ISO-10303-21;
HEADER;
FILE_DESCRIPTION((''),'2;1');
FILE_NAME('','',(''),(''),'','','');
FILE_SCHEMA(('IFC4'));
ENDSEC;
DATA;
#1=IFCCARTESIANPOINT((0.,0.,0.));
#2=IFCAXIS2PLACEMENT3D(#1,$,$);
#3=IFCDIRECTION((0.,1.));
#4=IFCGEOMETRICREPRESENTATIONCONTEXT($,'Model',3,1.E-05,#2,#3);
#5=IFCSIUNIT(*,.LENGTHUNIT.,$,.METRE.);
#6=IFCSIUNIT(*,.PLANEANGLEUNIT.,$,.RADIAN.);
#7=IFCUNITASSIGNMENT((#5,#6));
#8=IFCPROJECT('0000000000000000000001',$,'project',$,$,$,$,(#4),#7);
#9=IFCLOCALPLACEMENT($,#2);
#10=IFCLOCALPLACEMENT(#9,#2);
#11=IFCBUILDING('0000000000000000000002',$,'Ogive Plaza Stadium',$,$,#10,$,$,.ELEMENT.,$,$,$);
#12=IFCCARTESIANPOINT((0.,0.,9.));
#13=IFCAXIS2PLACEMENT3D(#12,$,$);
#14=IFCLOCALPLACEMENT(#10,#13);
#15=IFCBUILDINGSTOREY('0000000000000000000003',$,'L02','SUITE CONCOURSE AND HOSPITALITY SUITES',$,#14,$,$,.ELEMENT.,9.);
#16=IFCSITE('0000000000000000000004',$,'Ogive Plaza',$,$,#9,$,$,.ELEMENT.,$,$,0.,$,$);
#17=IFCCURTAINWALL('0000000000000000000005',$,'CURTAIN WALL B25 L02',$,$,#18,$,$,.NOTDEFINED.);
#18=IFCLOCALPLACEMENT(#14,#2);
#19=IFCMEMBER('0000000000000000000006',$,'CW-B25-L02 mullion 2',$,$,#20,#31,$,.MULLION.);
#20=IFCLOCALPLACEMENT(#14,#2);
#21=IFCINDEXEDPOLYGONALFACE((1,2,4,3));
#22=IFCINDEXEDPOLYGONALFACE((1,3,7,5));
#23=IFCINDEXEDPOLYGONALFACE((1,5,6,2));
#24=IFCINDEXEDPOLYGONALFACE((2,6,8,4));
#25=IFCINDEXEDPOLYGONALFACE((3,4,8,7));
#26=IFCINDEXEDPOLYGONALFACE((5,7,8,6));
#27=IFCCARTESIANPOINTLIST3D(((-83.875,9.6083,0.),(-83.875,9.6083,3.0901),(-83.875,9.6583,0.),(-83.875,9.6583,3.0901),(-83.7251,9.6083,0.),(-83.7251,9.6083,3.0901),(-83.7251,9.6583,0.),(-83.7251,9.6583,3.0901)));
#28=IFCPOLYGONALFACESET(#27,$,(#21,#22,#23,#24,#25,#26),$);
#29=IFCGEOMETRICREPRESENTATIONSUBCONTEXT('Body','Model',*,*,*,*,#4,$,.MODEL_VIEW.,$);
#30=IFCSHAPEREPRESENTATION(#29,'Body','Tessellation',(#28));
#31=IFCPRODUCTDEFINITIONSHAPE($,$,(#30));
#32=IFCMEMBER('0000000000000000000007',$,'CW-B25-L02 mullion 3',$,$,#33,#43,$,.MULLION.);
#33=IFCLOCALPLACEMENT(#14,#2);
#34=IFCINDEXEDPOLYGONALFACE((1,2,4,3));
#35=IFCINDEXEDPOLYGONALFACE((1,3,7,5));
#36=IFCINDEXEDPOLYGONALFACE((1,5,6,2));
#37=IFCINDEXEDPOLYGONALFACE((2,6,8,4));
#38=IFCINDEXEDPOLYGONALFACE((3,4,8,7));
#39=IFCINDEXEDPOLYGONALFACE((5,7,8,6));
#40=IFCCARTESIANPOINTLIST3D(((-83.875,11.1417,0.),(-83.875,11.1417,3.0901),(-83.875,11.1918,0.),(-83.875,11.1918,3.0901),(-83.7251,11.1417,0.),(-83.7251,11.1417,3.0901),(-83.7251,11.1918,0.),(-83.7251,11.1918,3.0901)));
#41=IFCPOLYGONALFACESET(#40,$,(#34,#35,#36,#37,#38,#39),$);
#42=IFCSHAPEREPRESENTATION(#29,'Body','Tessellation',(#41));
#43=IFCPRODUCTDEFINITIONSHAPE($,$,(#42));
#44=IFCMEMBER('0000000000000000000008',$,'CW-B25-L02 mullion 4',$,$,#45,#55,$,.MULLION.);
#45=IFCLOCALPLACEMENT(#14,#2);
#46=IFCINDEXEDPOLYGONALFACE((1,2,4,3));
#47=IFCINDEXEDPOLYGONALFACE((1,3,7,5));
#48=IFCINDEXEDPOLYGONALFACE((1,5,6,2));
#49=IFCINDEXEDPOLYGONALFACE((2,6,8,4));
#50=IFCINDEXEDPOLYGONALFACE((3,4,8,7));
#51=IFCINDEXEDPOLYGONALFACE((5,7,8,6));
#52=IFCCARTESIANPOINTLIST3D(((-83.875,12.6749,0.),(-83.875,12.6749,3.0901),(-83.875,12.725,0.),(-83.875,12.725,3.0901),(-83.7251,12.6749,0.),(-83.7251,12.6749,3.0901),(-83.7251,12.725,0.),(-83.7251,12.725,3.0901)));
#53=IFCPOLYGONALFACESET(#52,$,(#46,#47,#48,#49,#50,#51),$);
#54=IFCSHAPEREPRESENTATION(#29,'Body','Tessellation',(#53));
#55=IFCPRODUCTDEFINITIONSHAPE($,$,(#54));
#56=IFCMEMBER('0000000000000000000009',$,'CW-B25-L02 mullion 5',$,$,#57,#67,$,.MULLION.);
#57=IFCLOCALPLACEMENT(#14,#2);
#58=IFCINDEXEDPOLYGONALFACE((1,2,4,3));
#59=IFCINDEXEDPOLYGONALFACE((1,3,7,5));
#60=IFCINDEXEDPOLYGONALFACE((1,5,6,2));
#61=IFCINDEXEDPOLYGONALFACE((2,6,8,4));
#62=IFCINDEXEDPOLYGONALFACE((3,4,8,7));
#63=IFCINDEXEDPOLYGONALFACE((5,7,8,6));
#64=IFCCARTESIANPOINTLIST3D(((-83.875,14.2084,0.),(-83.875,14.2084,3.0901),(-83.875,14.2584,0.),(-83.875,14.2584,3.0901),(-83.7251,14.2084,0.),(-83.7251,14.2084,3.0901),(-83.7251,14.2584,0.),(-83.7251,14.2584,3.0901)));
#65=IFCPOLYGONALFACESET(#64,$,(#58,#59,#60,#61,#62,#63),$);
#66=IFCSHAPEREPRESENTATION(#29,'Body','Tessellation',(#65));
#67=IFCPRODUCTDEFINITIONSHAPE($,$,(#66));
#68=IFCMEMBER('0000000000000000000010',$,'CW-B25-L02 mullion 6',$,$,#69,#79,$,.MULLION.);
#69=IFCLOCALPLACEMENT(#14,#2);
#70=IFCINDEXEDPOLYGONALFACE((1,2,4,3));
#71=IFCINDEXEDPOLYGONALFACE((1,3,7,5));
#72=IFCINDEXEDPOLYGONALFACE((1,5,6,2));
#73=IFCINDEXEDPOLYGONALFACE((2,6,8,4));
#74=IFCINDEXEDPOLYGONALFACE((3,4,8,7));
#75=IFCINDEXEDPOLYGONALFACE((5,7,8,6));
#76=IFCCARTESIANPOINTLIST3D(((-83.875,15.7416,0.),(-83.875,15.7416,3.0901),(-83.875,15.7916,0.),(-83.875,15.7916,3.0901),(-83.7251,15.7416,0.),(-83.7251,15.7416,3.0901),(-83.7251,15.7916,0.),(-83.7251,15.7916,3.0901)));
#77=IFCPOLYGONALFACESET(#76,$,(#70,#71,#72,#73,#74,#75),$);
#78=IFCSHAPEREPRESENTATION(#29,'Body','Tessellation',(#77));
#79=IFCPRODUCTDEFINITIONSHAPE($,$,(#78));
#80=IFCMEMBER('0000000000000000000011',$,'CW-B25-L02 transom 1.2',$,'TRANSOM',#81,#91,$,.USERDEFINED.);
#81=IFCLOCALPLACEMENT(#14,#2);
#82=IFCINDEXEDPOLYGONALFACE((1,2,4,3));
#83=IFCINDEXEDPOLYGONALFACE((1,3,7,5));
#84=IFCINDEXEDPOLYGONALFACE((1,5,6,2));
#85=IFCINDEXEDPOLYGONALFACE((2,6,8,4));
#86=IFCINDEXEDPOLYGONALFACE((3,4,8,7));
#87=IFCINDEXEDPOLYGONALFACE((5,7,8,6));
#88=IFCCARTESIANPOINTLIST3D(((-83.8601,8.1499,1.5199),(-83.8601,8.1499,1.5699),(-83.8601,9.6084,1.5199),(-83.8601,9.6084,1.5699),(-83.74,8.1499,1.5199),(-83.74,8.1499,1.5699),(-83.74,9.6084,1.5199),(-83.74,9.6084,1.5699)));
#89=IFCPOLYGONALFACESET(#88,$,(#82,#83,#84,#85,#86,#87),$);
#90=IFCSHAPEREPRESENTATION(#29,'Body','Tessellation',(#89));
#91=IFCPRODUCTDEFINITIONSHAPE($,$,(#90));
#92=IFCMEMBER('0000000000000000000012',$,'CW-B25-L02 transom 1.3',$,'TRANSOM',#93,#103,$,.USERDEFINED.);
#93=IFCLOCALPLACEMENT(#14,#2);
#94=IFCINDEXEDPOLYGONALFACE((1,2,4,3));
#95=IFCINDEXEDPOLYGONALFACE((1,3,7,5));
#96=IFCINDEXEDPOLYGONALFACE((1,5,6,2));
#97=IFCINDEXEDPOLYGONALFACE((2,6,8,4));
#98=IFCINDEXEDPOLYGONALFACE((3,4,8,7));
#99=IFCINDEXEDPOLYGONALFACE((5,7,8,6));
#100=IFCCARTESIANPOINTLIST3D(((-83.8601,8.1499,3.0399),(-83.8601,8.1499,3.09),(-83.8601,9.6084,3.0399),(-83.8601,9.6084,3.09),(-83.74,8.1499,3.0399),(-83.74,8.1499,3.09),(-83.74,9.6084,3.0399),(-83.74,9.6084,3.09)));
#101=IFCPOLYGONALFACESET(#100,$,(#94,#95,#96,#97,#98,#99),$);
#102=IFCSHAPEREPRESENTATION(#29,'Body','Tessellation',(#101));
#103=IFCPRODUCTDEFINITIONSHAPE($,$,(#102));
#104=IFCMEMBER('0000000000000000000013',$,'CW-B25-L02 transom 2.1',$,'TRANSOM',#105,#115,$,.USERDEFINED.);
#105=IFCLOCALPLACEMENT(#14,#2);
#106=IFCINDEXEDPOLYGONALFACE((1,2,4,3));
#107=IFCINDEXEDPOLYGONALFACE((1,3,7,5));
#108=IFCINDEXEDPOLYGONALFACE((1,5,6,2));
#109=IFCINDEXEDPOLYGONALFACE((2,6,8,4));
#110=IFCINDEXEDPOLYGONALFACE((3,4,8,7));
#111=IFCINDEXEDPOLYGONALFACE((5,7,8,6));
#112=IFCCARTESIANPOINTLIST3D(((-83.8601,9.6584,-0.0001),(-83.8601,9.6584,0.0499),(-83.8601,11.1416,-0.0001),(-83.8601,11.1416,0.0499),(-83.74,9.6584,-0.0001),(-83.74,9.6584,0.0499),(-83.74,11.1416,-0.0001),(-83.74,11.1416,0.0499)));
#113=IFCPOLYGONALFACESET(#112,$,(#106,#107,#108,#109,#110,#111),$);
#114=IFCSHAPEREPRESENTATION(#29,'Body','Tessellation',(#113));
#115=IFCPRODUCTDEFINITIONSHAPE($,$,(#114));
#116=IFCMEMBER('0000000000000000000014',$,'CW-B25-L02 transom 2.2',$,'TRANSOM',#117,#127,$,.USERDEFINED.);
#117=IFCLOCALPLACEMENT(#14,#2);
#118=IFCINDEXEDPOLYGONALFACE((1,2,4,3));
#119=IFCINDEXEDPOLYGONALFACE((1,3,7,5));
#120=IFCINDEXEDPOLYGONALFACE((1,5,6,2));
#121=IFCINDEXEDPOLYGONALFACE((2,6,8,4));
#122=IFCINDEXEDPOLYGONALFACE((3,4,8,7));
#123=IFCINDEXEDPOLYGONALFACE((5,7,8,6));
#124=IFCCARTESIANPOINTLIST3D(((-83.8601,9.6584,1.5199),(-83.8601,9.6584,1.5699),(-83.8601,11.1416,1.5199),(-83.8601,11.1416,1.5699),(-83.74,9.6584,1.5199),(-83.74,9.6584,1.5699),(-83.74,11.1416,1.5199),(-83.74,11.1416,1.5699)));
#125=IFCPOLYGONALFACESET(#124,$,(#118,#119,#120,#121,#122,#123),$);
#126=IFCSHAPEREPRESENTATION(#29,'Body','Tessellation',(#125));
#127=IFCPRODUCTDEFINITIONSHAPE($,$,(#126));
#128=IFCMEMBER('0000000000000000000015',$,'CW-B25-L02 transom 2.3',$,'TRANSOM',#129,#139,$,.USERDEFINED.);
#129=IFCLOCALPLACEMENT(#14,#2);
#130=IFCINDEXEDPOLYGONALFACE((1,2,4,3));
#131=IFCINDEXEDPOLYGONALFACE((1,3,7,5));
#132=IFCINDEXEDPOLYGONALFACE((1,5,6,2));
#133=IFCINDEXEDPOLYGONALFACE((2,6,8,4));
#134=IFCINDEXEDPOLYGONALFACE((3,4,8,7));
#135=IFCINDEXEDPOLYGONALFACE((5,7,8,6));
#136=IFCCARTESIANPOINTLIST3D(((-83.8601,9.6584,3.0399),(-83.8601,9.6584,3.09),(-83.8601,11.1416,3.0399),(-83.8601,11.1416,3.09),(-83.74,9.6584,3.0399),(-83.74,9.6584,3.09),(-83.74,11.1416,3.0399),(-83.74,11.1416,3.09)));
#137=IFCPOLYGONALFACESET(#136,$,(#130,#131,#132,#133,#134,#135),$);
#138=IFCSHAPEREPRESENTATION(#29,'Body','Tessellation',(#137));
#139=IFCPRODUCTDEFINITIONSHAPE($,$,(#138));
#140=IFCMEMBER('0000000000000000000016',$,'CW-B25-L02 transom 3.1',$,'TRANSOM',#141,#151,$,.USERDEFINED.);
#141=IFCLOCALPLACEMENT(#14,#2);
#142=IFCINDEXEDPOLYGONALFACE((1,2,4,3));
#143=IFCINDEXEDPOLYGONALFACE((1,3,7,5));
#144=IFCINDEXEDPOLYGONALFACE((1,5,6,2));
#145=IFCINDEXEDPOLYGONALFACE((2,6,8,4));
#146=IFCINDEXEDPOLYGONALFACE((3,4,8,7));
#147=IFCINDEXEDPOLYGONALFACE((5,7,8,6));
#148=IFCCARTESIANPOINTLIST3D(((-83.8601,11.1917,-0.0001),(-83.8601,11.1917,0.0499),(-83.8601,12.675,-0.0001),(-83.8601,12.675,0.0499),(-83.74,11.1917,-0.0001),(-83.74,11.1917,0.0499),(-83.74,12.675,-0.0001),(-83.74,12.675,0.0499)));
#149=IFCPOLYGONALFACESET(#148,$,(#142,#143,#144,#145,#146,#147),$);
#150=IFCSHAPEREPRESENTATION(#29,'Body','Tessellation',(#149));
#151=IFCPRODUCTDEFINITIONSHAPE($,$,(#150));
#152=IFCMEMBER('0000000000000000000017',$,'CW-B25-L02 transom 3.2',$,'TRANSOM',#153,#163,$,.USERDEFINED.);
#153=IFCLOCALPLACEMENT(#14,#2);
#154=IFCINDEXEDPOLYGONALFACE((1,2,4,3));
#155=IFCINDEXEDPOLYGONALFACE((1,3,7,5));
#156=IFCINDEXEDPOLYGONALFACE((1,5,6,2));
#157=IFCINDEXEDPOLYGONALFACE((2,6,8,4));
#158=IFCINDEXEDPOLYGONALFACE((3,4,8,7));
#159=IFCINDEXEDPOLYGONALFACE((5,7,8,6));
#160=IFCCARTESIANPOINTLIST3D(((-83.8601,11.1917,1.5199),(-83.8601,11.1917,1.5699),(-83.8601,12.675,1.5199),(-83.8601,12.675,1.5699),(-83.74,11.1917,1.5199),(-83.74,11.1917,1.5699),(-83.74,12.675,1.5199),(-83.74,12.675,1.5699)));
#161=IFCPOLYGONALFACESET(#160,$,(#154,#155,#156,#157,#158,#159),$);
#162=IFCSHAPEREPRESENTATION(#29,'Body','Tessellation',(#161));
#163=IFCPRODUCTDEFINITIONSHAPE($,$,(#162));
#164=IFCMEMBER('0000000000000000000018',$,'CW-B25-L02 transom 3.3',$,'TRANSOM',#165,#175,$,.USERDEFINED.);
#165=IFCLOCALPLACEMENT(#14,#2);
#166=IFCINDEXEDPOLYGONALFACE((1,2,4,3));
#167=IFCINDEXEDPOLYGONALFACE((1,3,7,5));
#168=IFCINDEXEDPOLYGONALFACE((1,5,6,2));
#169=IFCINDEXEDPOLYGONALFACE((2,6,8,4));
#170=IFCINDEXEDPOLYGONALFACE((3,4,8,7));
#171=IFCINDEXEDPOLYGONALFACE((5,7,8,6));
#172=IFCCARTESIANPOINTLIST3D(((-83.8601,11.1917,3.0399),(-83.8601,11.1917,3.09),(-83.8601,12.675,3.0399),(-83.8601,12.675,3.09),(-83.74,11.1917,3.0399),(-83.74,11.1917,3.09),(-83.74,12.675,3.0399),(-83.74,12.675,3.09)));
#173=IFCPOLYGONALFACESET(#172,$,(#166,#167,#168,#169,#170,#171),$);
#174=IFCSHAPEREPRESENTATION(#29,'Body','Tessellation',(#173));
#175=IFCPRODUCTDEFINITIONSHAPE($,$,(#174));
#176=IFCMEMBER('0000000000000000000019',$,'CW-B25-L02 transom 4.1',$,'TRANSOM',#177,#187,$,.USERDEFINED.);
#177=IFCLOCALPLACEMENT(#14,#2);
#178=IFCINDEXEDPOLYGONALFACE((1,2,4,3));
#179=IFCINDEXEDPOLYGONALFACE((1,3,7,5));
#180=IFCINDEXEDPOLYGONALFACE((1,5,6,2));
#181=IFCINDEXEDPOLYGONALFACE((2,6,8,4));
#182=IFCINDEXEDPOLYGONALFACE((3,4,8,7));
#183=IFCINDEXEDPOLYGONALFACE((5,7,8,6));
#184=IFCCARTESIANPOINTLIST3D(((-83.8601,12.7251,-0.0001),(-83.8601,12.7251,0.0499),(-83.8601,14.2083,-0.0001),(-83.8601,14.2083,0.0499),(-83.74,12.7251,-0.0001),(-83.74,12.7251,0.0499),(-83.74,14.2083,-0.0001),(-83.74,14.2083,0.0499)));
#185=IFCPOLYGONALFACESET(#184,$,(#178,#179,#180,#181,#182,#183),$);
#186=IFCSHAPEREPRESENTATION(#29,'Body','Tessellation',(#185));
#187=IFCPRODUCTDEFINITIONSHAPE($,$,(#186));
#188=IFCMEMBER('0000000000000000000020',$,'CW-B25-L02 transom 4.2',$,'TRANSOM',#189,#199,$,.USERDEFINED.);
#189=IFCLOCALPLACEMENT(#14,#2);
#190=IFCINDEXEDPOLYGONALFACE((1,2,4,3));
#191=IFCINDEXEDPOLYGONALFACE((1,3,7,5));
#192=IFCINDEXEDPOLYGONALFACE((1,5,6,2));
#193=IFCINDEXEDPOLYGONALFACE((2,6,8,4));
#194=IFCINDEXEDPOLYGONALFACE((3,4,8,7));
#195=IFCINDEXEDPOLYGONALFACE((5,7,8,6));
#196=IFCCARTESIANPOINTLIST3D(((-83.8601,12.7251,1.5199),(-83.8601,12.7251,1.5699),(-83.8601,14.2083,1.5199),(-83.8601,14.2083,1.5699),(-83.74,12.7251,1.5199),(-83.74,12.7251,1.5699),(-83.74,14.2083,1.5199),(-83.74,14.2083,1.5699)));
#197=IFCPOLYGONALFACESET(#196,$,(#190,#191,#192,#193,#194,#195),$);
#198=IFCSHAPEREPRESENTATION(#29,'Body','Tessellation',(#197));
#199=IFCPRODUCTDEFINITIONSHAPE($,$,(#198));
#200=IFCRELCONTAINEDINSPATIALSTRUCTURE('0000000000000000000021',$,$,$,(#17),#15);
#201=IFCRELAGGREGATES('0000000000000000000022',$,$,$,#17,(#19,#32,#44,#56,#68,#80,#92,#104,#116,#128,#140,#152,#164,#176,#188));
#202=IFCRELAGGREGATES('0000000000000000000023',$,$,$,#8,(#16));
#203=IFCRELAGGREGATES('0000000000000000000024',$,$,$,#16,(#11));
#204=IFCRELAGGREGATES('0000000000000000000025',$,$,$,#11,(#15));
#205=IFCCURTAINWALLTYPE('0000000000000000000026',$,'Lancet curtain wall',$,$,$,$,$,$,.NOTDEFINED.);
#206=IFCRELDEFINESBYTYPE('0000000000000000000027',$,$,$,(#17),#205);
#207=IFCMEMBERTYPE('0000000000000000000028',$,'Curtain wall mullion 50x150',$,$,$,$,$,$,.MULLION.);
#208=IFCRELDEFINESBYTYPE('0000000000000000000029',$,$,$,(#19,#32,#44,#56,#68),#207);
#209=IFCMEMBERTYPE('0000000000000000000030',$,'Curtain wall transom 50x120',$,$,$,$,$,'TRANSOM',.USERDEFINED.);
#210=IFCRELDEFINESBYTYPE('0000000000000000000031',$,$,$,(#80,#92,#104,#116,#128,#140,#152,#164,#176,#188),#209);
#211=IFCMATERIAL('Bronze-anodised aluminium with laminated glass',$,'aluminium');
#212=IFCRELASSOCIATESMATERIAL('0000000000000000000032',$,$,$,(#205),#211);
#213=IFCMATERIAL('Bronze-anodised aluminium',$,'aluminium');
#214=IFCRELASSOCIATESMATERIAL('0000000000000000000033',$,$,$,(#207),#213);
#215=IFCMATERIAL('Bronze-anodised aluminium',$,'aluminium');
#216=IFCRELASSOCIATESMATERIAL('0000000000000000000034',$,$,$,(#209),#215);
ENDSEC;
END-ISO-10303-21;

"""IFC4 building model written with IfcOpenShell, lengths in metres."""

from ifc_helpers import new_model, si_unit, direction, frame, origin, origin_2d, place, context, subcontext, project, spatial, rectangle, extrude, material, material_profile, profile_set, type_object, element, aggregate, save


model = new_model("IFC4")

# Units and contexts
model_context = context("Model", 3, precision=1e-05, world=origin(), true_north=direction((0.0, 1.0)))
body_context = subcontext(model_context, "Body", "Model", "MODEL_VIEW")
ifc_project = project(units=[si_unit("LENGTHUNIT", "METRE"), si_unit("PLANEANGLEUNIT", "RADIAN")], contexts=[model_context])

# Site, building, storey
site_placement = place(None, origin())
site = spatial("IfcSite", under=ifc_project, at=site_placement, Name="Ogive Plaza", CompositionType="ELEMENT", RefElevation=0.0)
building_placement = place(site_placement, origin())
building = spatial("IfcBuilding", under=site, at=building_placement, Name="Ogive Plaza Stadium", CompositionType="ELEMENT")
storey_placement = place(building_placement, frame((0.0, 0.0, 9.0)))
storey = spatial("IfcBuildingStorey", under=building, at=storey_placement, Name="L02", Description="SUITE CONCOURSE AND HOSPITALITY SUITES", CompositionType="ELEMENT", Elevation=9.0)

# Curtain wall, members
ifc_material_1 = material(Name="Bronze-anodised aluminium with laminated glass", Category="aluminium")
curtain_wall_type = type_object("IfcCurtainWallType", Name="Lancet curtain wall", PredefinedType="NOTDEFINED", material=ifc_material_1)
curtain_wall_placement = place(storey_placement, origin())
curtain_wall = element("IfcCurtainWall", 1, at=curtain_wall_placement, inside=storey, type_object=curtain_wall_type, Name="CURTAIN WALL B25 L02", PredefinedType="NOTDEFINED")
ifc_material_2 = material(Name="Bronze-anodised aluminium", Category="aluminium")
ifc_material_profile_1 = material_profile(ifc_material_2, rectangle(XDim=0.1499, YDim=0.05, at=origin_2d()), Name="AL 150x50")
ifc_profile_set_1 = profile_set([ifc_material_profile_1], Name="Bronze-anodised aluminium")
member_type_1 = type_object("IfcMemberType", Name="Curtain wall mullion 50x150", PredefinedType="MULLION", material=ifc_profile_set_1)
member_1_placement = place(storey_placement, frame((-83.8, 9.6333, 0.0), z_axis=(0.0, 0.0, 1.0), x_axis=(-1.0, 0.0, 0.0)))
member_1 = element("IfcMember", 2, at=member_1_placement, type_object=member_type_1, Name="CW-B25-L02 mullion 2", PredefinedType="MULLION", context=body_context, shape_type="SweptSolid", body=[
    extrude(rectangle(XDim=0.1499, YDim=0.05, at=origin_2d()), origin(), (0.0, 0.0, 1.0), 3.0901),
])
member_2_placement = place(storey_placement, frame((-83.8, 11.1667, 0.0), z_axis=(0.0, 0.0, 1.0), x_axis=(-1.0, 0.0, 0.0)))
member_2 = element("IfcMember", 3, at=member_2_placement, type_object=member_type_1, Name="CW-B25-L02 mullion 3", PredefinedType="MULLION", context=body_context, shape_type="SweptSolid", body=[
    extrude(rectangle(XDim=0.1499, YDim=0.05, at=origin_2d()), origin(), (0.0, 0.0, 1.0), 3.0901),
])
member_3_placement = place(storey_placement, frame((-83.8, 12.7, 0.0), z_axis=(0.0, 0.0, 1.0), x_axis=(-1.0, 0.0, 0.0)))
member_3 = element("IfcMember", 4, at=member_3_placement, type_object=member_type_1, Name="CW-B25-L02 mullion 4", PredefinedType="MULLION", context=body_context, shape_type="SweptSolid", body=[
    extrude(rectangle(XDim=0.1499, YDim=0.05, at=origin_2d()), origin(), (0.0, 0.0, 1.0), 3.0901),
])
member_4_placement = place(storey_placement, frame((-83.8, 14.2334, 0.0), z_axis=(0.0, 0.0, 1.0), x_axis=(-1.0, 0.0, 0.0)))
member_4 = element("IfcMember", 5, at=member_4_placement, type_object=member_type_1, Name="CW-B25-L02 mullion 5", PredefinedType="MULLION", context=body_context, shape_type="SweptSolid", body=[
    extrude(rectangle(XDim=0.1499, YDim=0.05, at=origin_2d()), origin(), (0.0, 0.0, 1.0), 3.0901),
])
member_5_placement = place(storey_placement, frame((-83.8, 15.7666, 0.0), z_axis=(0.0, 0.0, 1.0), x_axis=(-1.0, 0.0, 0.0)))
member_5 = element("IfcMember", 6, at=member_5_placement, type_object=member_type_1, Name="CW-B25-L02 mullion 6", PredefinedType="MULLION", context=body_context, shape_type="SweptSolid", body=[
    extrude(rectangle(XDim=0.1499, YDim=0.05, at=origin_2d()), origin(), (0.0, 0.0, 1.0), 3.0901),
])
ifc_material_3 = material(Name="Bronze-anodised aluminium", Category="aluminium")
ifc_material_profile_2 = material_profile(ifc_material_3, rectangle(XDim=0.1201, YDim=0.05, at=origin_2d()), Name="AL 120x50")
ifc_profile_set_2 = profile_set([ifc_material_profile_2], Name="Bronze-anodised aluminium")
member_type_2 = type_object("IfcMemberType", Name="Curtain wall transom 50x120", ElementType="TRANSOM", PredefinedType="USERDEFINED", material=ifc_profile_set_2)
member_6_placement = place(storey_placement, frame((-83.8, 8.1499, 1.5449), z_axis=(0.0, 1.0, 0.0), x_axis=(-1.0, 0.0, 0.0)))
member_6 = element("IfcMember", 7, at=member_6_placement, type_object=member_type_2, Name="CW-B25-L02 transom 1.2", ObjectType="TRANSOM", PredefinedType="USERDEFINED", context=body_context, shape_type="SweptSolid", body=[
    extrude(rectangle(XDim=0.1201, YDim=0.05, at=origin_2d()), origin(), (0.0, 0.0, 1.0), 1.4585),
])
member_7_placement = place(storey_placement, frame((-83.8, 8.1499, 3.0649), z_axis=(0.0, 1.0, 0.0), x_axis=(-1.0, 0.0, 0.0)))
member_7 = element("IfcMember", 8, at=member_7_placement, type_object=member_type_2, Name="CW-B25-L02 transom 1.3", ObjectType="TRANSOM", PredefinedType="USERDEFINED", context=body_context, shape_type="SweptSolid", body=[
    extrude(rectangle(XDim=0.1201, YDim=0.05, at=origin_2d()), origin(), (0.0, 0.0, 1.0), 1.4585),
])
member_8_placement = place(storey_placement, frame((-83.8, 9.6584, 0.0249), z_axis=(0.0, 1.0, 0.0), x_axis=(-1.0, 0.0, 0.0)))
member_8 = element("IfcMember", 9, at=member_8_placement, type_object=member_type_2, Name="CW-B25-L02 transom 2.1", ObjectType="TRANSOM", PredefinedType="USERDEFINED", context=body_context, shape_type="SweptSolid", body=[
    extrude(rectangle(XDim=0.1201, YDim=0.05, at=origin_2d()), origin(), (0.0, 0.0, 1.0), 1.4832),
])
member_9_placement = place(storey_placement, frame((-83.8, 9.6584, 1.5449), z_axis=(0.0, 1.0, 0.0), x_axis=(-1.0, 0.0, 0.0)))
member_9 = element("IfcMember", 10, at=member_9_placement, type_object=member_type_2, Name="CW-B25-L02 transom 2.2", ObjectType="TRANSOM", PredefinedType="USERDEFINED", context=body_context, shape_type="SweptSolid", body=[
    extrude(rectangle(XDim=0.1201, YDim=0.05, at=origin_2d()), origin(), (0.0, 0.0, 1.0), 1.4832),
])
member_10_placement = place(storey_placement, frame((-83.8, 9.6584, 3.0649), z_axis=(0.0, 1.0, 0.0), x_axis=(-1.0, 0.0, 0.0)))
member_10 = element("IfcMember", 11, at=member_10_placement, type_object=member_type_2, Name="CW-B25-L02 transom 2.3", ObjectType="TRANSOM", PredefinedType="USERDEFINED", context=body_context, shape_type="SweptSolid", body=[
    extrude(rectangle(XDim=0.1201, YDim=0.05, at=origin_2d()), origin(), (0.0, 0.0, 1.0), 1.4832),
])
member_11_placement = place(storey_placement, frame((-83.8, 11.1917, 0.0249), z_axis=(0.0, 1.0, 0.0), x_axis=(-1.0, 0.0, 0.0)))
member_11 = element("IfcMember", 12, at=member_11_placement, type_object=member_type_2, Name="CW-B25-L02 transom 3.1", ObjectType="TRANSOM", PredefinedType="USERDEFINED", context=body_context, shape_type="SweptSolid", body=[
    extrude(rectangle(XDim=0.1201, YDim=0.05, at=origin_2d()), origin(), (0.0, 0.0, 1.0), 1.4834),
])
member_12_placement = place(storey_placement, frame((-83.8, 11.1917, 1.5449), z_axis=(0.0, 1.0, 0.0), x_axis=(-1.0, 0.0, 0.0)))
member_12 = element("IfcMember", 13, at=member_12_placement, type_object=member_type_2, Name="CW-B25-L02 transom 3.2", ObjectType="TRANSOM", PredefinedType="USERDEFINED", context=body_context, shape_type="SweptSolid", body=[
    extrude(rectangle(XDim=0.1201, YDim=0.05, at=origin_2d()), origin(), (0.0, 0.0, 1.0), 1.4834),
])
member_13_placement = place(storey_placement, frame((-83.8, 11.1917, 3.0649), z_axis=(0.0, 1.0, 0.0), x_axis=(-1.0, 0.0, 0.0)))
member_13 = element("IfcMember", 14, at=member_13_placement, type_object=member_type_2, Name="CW-B25-L02 transom 3.3", ObjectType="TRANSOM", PredefinedType="USERDEFINED", context=body_context, shape_type="SweptSolid", body=[
    extrude(rectangle(XDim=0.1201, YDim=0.05, at=origin_2d()), origin(), (0.0, 0.0, 1.0), 1.4834),
])
member_14_placement = place(storey_placement, frame((-83.8, 12.7251, 0.0249), z_axis=(0.0, 1.0, 0.0), x_axis=(-1.0, 0.0, 0.0)))
member_14 = element("IfcMember", 15, at=member_14_placement, type_object=member_type_2, Name="CW-B25-L02 transom 4.1", ObjectType="TRANSOM", PredefinedType="USERDEFINED", context=body_context, shape_type="SweptSolid", body=[
    extrude(rectangle(XDim=0.1201, YDim=0.05, at=origin_2d()), origin(), (0.0, 0.0, 1.0), 1.4832),
])
member_15_placement = place(storey_placement, frame((-83.8, 12.7251, 1.5449), z_axis=(0.0, 1.0, 0.0), x_axis=(-1.0, 0.0, 0.0)))
member_15 = element("IfcMember", 16, at=member_15_placement, type_object=member_type_2, Name="CW-B25-L02 transom 4.2", ObjectType="TRANSOM", PredefinedType="USERDEFINED", context=body_context, shape_type="SweptSolid", body=[
    extrude(rectangle(XDim=0.1201, YDim=0.05, at=origin_2d()), origin(), (0.0, 0.0, 1.0), 1.4832),
])
aggregate(curtain_wall, [member_1, member_2, member_3, member_4, member_5, member_6, member_7, member_8, member_9, member_10, member_11, member_12, member_13, member_14, member_15])

save(model, "model.ifc")
